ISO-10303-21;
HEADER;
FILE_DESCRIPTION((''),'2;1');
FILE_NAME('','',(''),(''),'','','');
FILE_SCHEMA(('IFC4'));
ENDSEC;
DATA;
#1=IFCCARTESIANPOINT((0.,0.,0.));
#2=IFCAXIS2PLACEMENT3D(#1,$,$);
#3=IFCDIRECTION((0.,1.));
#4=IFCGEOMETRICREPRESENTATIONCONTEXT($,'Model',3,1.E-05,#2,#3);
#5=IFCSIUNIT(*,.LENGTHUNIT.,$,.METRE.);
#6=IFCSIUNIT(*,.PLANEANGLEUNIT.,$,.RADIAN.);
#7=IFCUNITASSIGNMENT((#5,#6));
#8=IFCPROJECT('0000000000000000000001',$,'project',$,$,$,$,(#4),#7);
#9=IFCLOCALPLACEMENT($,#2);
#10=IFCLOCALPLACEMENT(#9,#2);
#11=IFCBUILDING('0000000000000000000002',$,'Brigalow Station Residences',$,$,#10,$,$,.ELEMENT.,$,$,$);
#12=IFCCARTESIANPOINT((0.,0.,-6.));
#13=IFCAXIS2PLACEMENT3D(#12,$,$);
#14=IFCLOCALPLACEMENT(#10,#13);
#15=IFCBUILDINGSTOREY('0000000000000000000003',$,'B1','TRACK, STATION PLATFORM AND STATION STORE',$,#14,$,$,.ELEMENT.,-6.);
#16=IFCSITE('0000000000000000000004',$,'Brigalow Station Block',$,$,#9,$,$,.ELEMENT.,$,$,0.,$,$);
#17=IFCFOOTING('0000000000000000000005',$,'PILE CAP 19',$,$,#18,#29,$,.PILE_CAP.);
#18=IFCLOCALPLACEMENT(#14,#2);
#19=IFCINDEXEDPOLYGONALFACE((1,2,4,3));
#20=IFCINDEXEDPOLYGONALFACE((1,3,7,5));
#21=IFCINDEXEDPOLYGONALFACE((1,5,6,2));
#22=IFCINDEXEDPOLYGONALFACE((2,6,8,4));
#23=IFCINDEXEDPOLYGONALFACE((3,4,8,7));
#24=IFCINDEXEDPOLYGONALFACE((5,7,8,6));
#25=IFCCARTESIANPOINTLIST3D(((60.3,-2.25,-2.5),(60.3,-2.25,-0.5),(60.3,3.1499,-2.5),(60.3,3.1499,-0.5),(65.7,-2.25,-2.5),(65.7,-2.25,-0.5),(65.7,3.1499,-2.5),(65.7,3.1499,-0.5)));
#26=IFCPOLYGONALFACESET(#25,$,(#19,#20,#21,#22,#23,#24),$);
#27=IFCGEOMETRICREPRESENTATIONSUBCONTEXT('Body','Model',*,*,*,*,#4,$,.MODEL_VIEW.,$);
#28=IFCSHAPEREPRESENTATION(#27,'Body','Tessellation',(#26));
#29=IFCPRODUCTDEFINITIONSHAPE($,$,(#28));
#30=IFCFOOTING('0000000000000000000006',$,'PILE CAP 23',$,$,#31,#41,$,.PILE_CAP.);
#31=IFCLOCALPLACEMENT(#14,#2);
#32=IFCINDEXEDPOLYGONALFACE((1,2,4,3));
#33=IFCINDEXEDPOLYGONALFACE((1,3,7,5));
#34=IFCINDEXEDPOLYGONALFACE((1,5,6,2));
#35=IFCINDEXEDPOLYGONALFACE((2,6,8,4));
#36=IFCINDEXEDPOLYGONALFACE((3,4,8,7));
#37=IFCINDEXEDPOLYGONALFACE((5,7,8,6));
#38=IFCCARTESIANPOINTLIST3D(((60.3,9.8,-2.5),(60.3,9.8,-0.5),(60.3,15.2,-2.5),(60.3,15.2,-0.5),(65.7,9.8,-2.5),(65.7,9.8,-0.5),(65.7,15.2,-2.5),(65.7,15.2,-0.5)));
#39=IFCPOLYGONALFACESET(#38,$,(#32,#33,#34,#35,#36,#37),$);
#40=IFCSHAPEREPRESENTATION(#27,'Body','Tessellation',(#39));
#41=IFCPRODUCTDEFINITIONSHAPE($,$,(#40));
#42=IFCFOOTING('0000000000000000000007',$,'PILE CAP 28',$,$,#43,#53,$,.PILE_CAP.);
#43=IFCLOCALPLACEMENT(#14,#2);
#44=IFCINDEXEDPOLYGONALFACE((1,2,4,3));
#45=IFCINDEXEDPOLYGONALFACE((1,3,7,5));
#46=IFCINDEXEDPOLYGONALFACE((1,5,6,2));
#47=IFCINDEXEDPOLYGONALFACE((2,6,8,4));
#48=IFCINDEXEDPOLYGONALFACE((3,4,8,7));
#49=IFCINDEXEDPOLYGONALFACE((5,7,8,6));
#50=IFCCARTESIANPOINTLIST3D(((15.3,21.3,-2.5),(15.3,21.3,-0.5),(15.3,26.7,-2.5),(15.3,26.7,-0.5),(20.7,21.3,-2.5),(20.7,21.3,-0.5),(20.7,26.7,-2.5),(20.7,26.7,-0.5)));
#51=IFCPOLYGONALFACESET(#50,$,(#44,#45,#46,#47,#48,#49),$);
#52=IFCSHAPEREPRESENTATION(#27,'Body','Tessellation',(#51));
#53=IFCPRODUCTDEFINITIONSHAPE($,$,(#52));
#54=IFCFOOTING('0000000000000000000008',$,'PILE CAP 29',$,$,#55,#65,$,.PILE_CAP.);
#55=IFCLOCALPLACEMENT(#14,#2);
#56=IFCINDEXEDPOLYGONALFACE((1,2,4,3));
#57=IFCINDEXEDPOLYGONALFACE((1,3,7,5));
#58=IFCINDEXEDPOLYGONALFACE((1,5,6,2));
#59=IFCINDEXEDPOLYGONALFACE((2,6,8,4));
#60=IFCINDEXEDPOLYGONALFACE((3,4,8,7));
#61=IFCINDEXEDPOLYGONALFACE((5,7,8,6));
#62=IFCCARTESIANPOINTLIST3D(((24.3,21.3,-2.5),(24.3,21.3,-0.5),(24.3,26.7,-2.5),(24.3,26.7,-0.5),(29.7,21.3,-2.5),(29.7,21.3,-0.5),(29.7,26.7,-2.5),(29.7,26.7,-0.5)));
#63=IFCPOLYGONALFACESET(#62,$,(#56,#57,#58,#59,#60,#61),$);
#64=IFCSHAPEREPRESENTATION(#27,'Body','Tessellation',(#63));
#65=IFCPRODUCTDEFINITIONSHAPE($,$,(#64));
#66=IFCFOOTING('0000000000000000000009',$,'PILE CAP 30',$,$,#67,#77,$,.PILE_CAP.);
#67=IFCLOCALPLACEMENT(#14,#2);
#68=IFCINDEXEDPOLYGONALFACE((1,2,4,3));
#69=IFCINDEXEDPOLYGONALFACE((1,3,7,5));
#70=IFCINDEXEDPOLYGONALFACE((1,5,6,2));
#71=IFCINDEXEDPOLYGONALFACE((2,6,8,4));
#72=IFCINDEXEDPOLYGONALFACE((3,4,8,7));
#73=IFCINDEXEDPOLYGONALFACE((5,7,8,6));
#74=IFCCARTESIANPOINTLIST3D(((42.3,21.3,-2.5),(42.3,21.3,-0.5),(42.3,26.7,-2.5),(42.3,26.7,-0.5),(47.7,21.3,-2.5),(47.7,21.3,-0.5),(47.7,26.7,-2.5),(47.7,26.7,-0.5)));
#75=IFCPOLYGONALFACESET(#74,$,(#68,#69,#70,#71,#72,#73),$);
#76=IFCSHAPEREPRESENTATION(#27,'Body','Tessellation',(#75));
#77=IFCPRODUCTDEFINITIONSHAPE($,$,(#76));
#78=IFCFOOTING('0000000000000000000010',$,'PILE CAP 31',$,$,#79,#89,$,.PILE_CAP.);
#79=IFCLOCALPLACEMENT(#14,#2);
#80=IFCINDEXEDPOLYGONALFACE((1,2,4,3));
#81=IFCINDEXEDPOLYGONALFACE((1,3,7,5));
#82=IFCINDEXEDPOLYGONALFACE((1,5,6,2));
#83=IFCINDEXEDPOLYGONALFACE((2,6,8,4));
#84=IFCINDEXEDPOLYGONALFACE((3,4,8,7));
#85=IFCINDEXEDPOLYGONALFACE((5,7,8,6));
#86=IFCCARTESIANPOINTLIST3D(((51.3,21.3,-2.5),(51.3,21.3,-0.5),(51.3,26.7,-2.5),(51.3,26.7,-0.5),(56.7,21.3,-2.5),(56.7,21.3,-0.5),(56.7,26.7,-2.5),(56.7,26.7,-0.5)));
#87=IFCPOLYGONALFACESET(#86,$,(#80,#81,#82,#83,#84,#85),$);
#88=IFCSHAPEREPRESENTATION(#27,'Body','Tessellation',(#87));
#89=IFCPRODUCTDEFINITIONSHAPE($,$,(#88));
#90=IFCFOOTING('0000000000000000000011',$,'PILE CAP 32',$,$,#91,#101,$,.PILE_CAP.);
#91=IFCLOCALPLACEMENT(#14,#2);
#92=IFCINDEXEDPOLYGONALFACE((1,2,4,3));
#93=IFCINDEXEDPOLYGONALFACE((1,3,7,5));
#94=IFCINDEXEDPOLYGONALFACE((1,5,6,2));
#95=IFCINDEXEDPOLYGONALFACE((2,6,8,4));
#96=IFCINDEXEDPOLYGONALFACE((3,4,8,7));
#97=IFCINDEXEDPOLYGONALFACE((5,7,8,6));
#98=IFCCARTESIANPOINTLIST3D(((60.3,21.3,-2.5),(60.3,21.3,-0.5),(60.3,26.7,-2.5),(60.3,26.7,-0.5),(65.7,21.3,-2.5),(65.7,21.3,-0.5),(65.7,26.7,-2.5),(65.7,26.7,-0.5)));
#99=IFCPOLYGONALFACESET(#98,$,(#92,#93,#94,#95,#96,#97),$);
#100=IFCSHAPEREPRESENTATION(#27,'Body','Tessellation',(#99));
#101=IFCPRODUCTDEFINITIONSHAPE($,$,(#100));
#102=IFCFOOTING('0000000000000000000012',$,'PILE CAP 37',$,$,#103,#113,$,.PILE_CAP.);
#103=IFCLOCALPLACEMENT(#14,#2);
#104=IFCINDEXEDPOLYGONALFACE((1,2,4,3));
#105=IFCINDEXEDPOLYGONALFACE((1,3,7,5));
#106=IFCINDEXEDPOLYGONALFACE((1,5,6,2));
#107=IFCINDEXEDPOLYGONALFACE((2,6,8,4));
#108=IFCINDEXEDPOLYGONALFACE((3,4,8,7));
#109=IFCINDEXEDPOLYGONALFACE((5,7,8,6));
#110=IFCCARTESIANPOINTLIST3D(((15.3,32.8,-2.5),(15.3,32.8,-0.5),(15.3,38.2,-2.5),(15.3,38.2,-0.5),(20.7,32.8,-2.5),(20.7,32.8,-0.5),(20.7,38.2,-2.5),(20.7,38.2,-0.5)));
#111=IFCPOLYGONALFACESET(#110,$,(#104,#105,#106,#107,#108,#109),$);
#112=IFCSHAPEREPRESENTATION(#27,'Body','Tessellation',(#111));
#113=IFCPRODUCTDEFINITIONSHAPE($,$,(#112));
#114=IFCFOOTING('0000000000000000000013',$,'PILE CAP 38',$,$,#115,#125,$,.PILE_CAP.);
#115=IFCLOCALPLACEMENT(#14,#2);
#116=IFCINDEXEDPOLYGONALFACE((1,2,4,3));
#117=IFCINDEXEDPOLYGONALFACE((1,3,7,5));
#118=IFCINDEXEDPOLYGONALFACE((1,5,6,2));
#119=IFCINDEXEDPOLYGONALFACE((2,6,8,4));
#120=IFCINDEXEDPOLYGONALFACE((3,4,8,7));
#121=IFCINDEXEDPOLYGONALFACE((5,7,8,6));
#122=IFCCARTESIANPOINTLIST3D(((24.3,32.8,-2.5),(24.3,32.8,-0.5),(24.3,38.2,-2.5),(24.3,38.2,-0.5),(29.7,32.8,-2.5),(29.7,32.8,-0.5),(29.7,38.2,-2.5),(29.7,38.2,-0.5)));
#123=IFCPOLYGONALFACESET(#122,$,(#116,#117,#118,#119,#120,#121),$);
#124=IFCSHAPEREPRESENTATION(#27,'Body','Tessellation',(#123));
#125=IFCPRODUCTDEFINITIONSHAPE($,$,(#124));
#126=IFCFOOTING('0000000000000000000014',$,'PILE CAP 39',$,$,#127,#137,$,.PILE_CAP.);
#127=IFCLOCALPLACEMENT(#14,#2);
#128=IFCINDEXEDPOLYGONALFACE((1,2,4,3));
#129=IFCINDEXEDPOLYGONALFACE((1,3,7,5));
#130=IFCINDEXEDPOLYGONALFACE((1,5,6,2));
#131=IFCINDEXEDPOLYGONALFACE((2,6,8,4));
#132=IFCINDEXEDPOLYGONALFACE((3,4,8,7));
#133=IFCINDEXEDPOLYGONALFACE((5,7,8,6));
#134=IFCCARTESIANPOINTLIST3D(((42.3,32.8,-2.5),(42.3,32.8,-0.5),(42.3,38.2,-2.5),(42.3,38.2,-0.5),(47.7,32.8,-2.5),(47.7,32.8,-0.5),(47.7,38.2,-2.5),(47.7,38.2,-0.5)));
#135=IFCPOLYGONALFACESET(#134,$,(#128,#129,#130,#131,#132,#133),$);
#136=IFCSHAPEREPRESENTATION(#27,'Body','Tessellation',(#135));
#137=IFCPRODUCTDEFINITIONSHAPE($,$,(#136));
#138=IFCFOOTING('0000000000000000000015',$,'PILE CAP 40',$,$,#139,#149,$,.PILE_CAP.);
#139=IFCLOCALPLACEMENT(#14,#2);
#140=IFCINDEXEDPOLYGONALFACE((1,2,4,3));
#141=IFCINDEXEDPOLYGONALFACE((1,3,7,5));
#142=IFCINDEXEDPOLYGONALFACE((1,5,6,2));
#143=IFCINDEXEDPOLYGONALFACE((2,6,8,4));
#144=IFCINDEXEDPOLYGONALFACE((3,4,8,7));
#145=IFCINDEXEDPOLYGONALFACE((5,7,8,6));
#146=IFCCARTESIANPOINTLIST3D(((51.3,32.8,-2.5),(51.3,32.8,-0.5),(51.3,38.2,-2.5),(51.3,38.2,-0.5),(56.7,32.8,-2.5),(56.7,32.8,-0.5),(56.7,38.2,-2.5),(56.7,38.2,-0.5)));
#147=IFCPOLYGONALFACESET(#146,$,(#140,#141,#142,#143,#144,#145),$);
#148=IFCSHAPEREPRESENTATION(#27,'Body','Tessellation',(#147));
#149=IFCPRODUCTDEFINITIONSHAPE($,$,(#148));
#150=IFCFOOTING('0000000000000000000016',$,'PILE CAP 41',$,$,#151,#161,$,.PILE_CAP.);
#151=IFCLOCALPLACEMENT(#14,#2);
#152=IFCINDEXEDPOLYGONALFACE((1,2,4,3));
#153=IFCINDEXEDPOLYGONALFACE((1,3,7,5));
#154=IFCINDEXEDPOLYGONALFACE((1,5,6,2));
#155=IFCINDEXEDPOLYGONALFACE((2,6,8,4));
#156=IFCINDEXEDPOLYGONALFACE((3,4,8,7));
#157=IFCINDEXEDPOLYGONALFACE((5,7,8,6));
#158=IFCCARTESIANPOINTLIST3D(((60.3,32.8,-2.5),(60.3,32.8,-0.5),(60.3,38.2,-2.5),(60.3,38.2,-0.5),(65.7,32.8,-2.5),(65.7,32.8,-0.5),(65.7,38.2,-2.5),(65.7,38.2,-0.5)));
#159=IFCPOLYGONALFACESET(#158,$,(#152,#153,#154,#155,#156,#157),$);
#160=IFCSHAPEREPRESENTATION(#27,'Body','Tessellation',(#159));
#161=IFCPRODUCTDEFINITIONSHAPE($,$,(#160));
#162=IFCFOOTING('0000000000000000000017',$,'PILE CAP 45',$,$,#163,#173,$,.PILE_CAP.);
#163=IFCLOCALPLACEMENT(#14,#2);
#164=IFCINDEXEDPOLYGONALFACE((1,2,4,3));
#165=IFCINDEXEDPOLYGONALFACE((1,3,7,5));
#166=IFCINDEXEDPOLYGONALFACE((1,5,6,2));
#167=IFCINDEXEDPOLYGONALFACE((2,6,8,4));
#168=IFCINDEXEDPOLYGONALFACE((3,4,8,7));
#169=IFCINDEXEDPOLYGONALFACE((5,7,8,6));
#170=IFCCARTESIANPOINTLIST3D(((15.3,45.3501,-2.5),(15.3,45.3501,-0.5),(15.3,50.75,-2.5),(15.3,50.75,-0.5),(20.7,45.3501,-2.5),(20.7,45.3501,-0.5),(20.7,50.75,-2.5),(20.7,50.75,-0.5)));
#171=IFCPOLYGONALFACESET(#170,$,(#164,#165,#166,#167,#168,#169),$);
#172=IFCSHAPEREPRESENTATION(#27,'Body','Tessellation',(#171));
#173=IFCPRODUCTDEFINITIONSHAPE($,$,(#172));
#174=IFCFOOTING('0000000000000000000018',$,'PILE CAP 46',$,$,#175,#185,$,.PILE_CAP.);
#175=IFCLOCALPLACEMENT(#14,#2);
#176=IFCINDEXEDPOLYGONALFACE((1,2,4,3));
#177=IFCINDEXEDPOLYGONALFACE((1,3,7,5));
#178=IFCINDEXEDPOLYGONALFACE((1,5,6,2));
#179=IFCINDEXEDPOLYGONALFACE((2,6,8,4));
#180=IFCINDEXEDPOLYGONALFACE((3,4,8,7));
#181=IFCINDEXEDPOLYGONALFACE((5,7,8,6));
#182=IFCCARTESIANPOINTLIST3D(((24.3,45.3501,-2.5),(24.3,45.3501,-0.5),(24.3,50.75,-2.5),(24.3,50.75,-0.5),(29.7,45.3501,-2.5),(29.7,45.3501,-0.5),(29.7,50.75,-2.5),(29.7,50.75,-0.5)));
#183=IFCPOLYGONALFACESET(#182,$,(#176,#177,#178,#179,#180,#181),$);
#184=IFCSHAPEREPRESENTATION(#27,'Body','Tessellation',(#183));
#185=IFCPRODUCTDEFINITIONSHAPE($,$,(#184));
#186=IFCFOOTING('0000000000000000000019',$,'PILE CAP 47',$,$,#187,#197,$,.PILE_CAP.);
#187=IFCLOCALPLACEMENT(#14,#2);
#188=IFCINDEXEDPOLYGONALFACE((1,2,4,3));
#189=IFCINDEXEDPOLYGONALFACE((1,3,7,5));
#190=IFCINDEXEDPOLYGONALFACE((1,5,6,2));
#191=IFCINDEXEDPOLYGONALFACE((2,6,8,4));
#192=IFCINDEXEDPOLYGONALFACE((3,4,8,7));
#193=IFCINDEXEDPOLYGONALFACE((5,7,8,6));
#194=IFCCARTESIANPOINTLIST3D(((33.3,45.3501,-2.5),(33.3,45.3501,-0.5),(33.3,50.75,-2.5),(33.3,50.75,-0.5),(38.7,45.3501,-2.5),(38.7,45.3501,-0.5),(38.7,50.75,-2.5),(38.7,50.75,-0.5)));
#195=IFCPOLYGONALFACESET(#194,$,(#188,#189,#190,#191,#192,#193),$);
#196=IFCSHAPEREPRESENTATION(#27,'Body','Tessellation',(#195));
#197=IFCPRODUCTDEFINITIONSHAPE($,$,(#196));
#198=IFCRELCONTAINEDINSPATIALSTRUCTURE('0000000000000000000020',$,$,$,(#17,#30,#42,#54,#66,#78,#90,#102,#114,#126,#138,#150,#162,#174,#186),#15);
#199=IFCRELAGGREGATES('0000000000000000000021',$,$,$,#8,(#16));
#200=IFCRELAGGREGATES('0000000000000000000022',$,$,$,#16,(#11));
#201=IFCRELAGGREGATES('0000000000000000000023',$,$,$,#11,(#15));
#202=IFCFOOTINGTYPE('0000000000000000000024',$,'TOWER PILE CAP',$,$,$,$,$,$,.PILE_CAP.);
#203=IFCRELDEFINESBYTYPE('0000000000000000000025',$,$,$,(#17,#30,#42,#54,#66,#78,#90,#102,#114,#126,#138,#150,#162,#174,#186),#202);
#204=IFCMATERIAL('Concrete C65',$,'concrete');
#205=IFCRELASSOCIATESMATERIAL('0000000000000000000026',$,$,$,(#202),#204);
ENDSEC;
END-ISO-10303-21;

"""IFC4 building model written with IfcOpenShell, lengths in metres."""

from ifc_helpers import new_model, si_unit, direction, frame, origin, place, context, subcontext, project, spatial, polyline, outline, extrude, material, type_object, element, save


model = new_model("IFC4")

# Units and contexts
model_context = context("Model", 3, precision=1e-05, world=origin(), true_north=direction((0.0, 1.0)))
body_context = subcontext(model_context, "Body", "Model", "MODEL_VIEW")
ifc_project = project(units=[si_unit("LENGTHUNIT", "METRE"), si_unit("PLANEANGLEUNIT", "RADIAN")], contexts=[model_context])

# Site, building, storey
site_placement = place(None, origin())
site = spatial("IfcSite", under=ifc_project, at=site_placement, Name="Brigalow Station Block", CompositionType="ELEMENT", RefElevation=0.0)
building_placement = place(site_placement, origin())
building = spatial("IfcBuilding", under=site, at=building_placement, Name="Brigalow Station Residences", CompositionType="ELEMENT")
storey_placement = place(building_placement, frame((0.0, 0.0, -6.0)))
storey = spatial("IfcBuildingStorey", under=building, at=storey_placement, Name="B1", Description="TRACK, STATION PLATFORM AND STATION STORE", CompositionType="ELEMENT", Elevation=-6.0)

# Footings
ifc_material_1 = material(Name="Concrete C65", Category="concrete")
footing_type_1 = type_object("IfcFootingType", Name="TOWER PILE CAP", PredefinedType="PILE_CAP", material=ifc_material_1)
footing_1_placement = place(storey_placement, frame((0.0, 0.0, -2.5)))
element("IfcFooting", 1, at=footing_1_placement, inside=storey, type_object=footing_type_1, Name="PILE CAP 19", PredefinedType="PILE_CAP", context=body_context, shape_type="SweptSolid", body=[
    extrude(outline(polyline([(65.7, -2.25), (65.7, 3.1499), (60.3, 3.1499), (60.3, -2.25), (65.7, -2.25)])), origin(), (0.0, 0.0, 1.0), 2.0),
])
footing_2_placement = place(storey_placement, frame((0.0, 0.0, -2.5)))
element("IfcFooting", 2, at=footing_2_placement, inside=storey, type_object=footing_type_1, Name="PILE CAP 23", PredefinedType="PILE_CAP", context=body_context, shape_type="SweptSolid", body=[
    extrude(outline(polyline([(65.7, 9.8), (65.7, 15.2), (60.3, 15.2), (60.3, 9.8), (65.7, 9.8)])), origin(), (0.0, 0.0, 1.0), 2.0),
])
footing_3_placement = place(storey_placement, frame((0.0, 0.0, -2.5)))
element("IfcFooting", 3, at=footing_3_placement, inside=storey, type_object=footing_type_1, Name="PILE CAP 28", PredefinedType="PILE_CAP", context=body_context, shape_type="SweptSolid", body=[
    extrude(outline(polyline([(20.7, 21.3), (20.7, 26.7), (15.3, 26.7), (15.3, 21.3), (20.7, 21.3)])), origin(), (0.0, 0.0, 1.0), 2.0),
])
footing_4_placement = place(storey_placement, frame((0.0, 0.0, -2.5)))
element("IfcFooting", 4, at=footing_4_placement, inside=storey, type_object=footing_type_1, Name="PILE CAP 29", PredefinedType="PILE_CAP", context=body_context, shape_type="SweptSolid", body=[
    extrude(outline(polyline([(29.7, 21.3), (29.7, 26.7), (24.3, 26.7), (24.3, 21.3), (29.7, 21.3)])), origin(), (0.0, 0.0, 1.0), 2.0),
])
footing_5_placement = place(storey_placement, frame((0.0, 0.0, -2.5)))
element("IfcFooting", 5, at=footing_5_placement, inside=storey, type_object=footing_type_1, Name="PILE CAP 30", PredefinedType="PILE_CAP", context=body_context, shape_type="SweptSolid", body=[
    extrude(outline(polyline([(47.7, 21.3), (47.7, 26.7), (42.3, 26.7), (42.3, 21.3), (47.7, 21.3)])), origin(), (0.0, 0.0, 1.0), 2.0),
])
footing_6_placement = place(storey_placement, frame((0.0, 0.0, -2.5)))
element("IfcFooting", 6, at=footing_6_placement, inside=storey, type_object=footing_type_1, Name="PILE CAP 31", PredefinedType="PILE_CAP", context=body_context, shape_type="SweptSolid", body=[
    extrude(outline(polyline([(56.7, 21.3), (56.7, 26.7), (51.3, 26.7), (51.3, 21.3), (56.7, 21.3)])), origin(), (0.0, 0.0, 1.0), 2.0),
])
footing_7_placement = place(storey_placement, frame((0.0, 0.0, -2.5)))
element("IfcFooting", 7, at=footing_7_placement, inside=storey, type_object=footing_type_1, Name="PILE CAP 32", PredefinedType="PILE_CAP", context=body_context, shape_type="SweptSolid", body=[
    extrude(outline(polyline([(65.7, 21.3), (65.7, 26.7), (60.3, 26.7), (60.3, 21.3), (65.7, 21.3)])), origin(), (0.0, 0.0, 1.0), 2.0),
])
footing_8_placement = place(storey_placement, frame((0.0, 0.0, -2.5)))
element("IfcFooting", 8, at=footing_8_placement, inside=storey, type_object=footing_type_1, Name="PILE CAP 37", PredefinedType="PILE_CAP", context=body_context, shape_type="SweptSolid", body=[
    extrude(outline(polyline([(20.7, 32.8), (20.7, 38.2), (15.3, 38.2), (15.3, 32.8), (20.7, 32.8)])), origin(), (0.0, 0.0, 1.0), 2.0),
])
footing_9_placement = place(storey_placement, frame((0.0, 0.0, -2.5)))
element("IfcFooting", 9, at=footing_9_placement, inside=storey, type_object=footing_type_1, Name="PILE CAP 38", PredefinedType="PILE_CAP", context=body_context, shape_type="SweptSolid", body=[
    extrude(outline(polyline([(29.7, 32.8), (29.7, 38.2), (24.3, 38.2), (24.3, 32.8), (29.7, 32.8)])), origin(), (0.0, 0.0, 1.0), 2.0),
])
footing_10_placement = place(storey_placement, frame((0.0, 0.0, -2.5)))
element("IfcFooting", 10, at=footing_10_placement, inside=storey, type_object=footing_type_1, Name="PILE CAP 39", PredefinedType="PILE_CAP", context=body_context, shape_type="SweptSolid", body=[
    extrude(outline(polyline([(47.7, 32.8), (47.7, 38.2), (42.3, 38.2), (42.3, 32.8), (47.7, 32.8)])), origin(), (0.0, 0.0, 1.0), 2.0),
])
footing_11_placement = place(storey_placement, frame((0.0, 0.0, -2.5)))
element("IfcFooting", 11, at=footing_11_placement, inside=storey, type_object=footing_type_1, Name="PILE CAP 40", PredefinedType="PILE_CAP", context=body_context, shape_type="SweptSolid", body=[
    extrude(outline(polyline([(56.7, 32.8), (56.7, 38.2), (51.3, 38.2), (51.3, 32.8), (56.7, 32.8)])), origin(), (0.0, 0.0, 1.0), 2.0),
])
footing_12_placement = place(storey_placement, frame((0.0, 0.0, -2.5)))
element("IfcFooting", 12, at=footing_12_placement, inside=storey, type_object=footing_type_1, Name="PILE CAP 41", PredefinedType="PILE_CAP", context=body_context, shape_type="SweptSolid", body=[
    extrude(outline(polyline([(65.7, 32.8), (65.7, 38.2), (60.3, 38.2), (60.3, 32.8), (65.7, 32.8)])), origin(), (0.0, 0.0, 1.0), 2.0),
])
footing_13_placement = place(storey_placement, frame((0.0, 0.0, -2.5)))
element("IfcFooting", 13, at=footing_13_placement, inside=storey, type_object=footing_type_1, Name="PILE CAP 45", PredefinedType="PILE_CAP", context=body_context, shape_type="SweptSolid", body=[
    extrude(outline(polyline([(20.7, 45.3501), (20.7, 50.75), (15.3, 50.75), (15.3, 45.3501), (20.7, 45.3501)])), origin(), (0.0, 0.0, 1.0), 2.0),
])
footing_14_placement = place(storey_placement, frame((0.0, 0.0, -2.5)))
element("IfcFooting", 14, at=footing_14_placement, inside=storey, type_object=footing_type_1, Name="PILE CAP 46", PredefinedType="PILE_CAP", context=body_context, shape_type="SweptSolid", body=[
    extrude(outline(polyline([(29.7, 45.3501), (29.7, 50.75), (24.3, 50.75), (24.3, 45.3501), (29.7, 45.3501)])), origin(), (0.0, 0.0, 1.0), 2.0),
])
footing_15_placement = place(storey_placement, frame((0.0, 0.0, -2.5)))
element("IfcFooting", 15, at=footing_15_placement, inside=storey, type_object=footing_type_1, Name="PILE CAP 47", PredefinedType="PILE_CAP", context=body_context, shape_type="SweptSolid", body=[
    extrude(outline(polyline([(38.7, 45.3501), (38.7, 50.75), (33.3, 50.75), (33.3, 45.3501), (38.7, 45.3501)])), origin(), (0.0, 0.0, 1.0), 2.0),
])

save(model, "model.ifc")
